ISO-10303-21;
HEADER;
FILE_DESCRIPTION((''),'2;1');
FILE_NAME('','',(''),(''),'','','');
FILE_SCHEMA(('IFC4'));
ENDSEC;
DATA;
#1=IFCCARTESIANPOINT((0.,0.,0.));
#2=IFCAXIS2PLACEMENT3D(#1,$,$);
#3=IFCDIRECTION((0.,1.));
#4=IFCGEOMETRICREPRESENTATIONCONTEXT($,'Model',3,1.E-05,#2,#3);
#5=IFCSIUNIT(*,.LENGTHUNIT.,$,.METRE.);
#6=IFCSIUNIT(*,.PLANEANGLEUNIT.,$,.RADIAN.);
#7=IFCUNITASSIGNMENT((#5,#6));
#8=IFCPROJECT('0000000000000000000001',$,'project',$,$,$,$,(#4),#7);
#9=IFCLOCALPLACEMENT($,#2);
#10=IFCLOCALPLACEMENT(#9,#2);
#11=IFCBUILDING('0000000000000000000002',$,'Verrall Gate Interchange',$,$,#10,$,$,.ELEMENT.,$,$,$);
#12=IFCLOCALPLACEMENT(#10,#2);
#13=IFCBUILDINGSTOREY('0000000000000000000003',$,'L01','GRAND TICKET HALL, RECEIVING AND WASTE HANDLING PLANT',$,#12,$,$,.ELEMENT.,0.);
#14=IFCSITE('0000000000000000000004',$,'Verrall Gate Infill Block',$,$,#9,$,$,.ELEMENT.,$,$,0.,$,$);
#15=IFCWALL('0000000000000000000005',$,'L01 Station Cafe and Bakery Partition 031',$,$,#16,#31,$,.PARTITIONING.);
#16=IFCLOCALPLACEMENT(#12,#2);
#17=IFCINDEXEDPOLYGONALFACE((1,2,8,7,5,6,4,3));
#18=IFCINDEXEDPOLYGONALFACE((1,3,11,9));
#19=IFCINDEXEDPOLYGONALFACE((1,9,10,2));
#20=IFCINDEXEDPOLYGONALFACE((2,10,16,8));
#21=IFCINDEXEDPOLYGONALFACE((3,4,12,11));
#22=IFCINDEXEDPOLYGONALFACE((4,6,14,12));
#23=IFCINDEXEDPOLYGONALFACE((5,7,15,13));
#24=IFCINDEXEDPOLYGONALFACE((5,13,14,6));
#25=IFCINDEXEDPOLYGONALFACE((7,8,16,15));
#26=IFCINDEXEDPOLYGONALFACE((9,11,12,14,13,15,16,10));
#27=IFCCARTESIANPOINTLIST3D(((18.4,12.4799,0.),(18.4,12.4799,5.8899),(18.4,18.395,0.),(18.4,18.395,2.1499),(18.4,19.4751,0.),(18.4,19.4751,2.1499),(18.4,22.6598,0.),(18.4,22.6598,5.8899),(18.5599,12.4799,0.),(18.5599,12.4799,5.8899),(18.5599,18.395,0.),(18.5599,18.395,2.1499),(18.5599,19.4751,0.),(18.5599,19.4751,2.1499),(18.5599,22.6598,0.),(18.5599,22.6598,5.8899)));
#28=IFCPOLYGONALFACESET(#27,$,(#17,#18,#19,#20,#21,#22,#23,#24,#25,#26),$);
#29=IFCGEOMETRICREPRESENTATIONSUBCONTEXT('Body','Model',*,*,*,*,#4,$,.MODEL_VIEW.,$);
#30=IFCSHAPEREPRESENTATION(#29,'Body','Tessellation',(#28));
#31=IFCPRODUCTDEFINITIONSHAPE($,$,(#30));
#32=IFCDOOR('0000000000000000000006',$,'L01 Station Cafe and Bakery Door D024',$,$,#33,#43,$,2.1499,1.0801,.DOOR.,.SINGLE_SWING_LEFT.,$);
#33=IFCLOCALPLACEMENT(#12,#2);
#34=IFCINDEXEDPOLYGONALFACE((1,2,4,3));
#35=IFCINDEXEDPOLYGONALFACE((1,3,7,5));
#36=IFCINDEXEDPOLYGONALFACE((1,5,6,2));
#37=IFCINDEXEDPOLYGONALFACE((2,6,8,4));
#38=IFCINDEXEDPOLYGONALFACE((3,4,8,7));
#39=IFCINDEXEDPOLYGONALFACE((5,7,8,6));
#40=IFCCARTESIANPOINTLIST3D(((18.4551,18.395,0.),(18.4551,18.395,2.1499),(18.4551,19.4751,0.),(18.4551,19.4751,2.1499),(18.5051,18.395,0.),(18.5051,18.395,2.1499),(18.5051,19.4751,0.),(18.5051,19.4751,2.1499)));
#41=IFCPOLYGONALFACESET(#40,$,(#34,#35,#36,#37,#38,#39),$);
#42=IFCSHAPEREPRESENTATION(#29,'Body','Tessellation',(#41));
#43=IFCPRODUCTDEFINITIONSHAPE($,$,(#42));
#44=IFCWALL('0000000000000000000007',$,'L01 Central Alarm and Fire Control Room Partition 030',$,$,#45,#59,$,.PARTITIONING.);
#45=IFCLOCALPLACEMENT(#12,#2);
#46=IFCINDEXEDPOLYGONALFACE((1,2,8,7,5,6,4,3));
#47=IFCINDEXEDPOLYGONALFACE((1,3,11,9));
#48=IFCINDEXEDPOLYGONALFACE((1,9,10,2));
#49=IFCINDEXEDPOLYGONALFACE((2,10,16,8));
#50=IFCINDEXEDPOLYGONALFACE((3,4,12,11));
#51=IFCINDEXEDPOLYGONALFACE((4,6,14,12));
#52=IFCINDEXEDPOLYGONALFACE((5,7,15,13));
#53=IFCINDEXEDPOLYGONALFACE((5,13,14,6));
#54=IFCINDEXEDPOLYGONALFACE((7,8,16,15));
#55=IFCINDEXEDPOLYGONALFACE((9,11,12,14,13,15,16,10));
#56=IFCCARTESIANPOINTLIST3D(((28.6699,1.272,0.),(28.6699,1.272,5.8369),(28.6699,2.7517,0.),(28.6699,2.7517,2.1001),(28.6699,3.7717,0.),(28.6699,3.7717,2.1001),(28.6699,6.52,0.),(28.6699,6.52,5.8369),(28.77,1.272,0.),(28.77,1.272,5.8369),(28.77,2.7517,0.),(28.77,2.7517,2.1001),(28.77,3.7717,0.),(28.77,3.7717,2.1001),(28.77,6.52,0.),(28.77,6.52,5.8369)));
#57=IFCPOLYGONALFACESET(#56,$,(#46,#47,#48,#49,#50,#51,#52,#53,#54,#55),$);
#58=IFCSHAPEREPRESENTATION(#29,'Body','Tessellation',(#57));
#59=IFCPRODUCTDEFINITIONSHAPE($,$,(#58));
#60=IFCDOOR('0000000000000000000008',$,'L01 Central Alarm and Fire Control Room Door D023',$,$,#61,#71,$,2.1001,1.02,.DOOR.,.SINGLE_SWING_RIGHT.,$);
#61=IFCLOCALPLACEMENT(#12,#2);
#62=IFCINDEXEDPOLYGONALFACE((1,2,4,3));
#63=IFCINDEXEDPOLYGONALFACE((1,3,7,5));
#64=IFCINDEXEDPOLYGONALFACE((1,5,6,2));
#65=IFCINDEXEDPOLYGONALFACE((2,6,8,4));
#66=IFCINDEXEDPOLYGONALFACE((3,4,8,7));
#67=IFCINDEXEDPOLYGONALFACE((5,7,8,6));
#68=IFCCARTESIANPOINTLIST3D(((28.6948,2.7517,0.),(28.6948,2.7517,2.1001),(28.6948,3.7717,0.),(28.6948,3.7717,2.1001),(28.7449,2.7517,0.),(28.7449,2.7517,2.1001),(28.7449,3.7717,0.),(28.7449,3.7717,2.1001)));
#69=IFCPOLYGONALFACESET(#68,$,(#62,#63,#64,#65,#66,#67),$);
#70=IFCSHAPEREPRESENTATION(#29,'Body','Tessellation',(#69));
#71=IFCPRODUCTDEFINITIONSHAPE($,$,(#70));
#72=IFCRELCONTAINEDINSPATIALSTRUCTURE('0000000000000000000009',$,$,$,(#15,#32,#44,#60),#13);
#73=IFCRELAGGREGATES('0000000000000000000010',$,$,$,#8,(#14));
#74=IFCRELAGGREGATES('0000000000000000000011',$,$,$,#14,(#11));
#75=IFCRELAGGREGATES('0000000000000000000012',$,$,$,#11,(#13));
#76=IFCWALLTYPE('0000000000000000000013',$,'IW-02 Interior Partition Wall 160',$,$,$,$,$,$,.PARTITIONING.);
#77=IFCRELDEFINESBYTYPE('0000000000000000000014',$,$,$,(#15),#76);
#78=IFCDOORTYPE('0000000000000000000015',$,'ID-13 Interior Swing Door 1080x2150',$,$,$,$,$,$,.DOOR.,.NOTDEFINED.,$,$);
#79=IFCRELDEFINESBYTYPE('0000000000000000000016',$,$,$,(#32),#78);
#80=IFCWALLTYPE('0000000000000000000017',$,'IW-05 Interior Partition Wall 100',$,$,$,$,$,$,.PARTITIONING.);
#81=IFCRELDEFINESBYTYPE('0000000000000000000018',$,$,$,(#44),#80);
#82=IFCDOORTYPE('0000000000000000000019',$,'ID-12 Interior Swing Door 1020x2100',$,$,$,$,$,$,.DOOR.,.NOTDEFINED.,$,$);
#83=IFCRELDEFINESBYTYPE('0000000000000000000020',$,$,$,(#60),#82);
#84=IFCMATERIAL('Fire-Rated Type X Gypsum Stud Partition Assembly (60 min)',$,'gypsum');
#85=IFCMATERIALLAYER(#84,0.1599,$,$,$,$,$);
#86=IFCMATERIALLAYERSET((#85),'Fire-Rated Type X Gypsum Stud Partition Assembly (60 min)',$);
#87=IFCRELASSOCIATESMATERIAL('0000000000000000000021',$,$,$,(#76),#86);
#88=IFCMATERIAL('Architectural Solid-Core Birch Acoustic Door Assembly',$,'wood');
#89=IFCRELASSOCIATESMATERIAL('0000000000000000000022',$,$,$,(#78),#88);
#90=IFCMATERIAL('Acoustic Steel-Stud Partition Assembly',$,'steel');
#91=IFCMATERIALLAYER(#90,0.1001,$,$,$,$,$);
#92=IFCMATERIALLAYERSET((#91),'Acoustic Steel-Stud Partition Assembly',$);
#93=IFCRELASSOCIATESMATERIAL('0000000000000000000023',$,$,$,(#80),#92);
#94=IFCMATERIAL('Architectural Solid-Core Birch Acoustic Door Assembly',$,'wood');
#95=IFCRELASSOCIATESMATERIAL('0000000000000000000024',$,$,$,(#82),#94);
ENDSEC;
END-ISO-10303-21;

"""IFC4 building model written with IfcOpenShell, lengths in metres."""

from ifc_helpers import new_model, si_unit, direction, frame, frame_2d, origin, place, context, subcontext, project, spatial, rectangle, extrude, material, layer, layer_set, type_object, element, fill, save


model = new_model("IFC4")

# Units and contexts
model_context = context("Model", 3, precision=1e-05, world=origin(), true_north=direction((0.0, 1.0)))
body_context = subcontext(model_context, "Body", "Model", "MODEL_VIEW")
ifc_project = project(units=[si_unit("LENGTHUNIT", "METRE"), si_unit("PLANEANGLEUNIT", "RADIAN")], contexts=[model_context])

# Site, building, storey
site_placement = place(None, origin())
site = spatial("IfcSite", under=ifc_project, at=site_placement, Name="Verrall Gate Infill Block", CompositionType="ELEMENT", RefElevation=0.0)
building_placement = place(site_placement, origin())
building = spatial("IfcBuilding", under=site, at=building_placement, Name="Verrall Gate Interchange", CompositionType="ELEMENT")
storey_placement = place(building_placement, origin())
storey = spatial("IfcBuildingStorey", under=building, at=storey_placement, Name="L01", Description="GRAND TICKET HALL, RECEIVING AND WASTE HANDLING PLANT", CompositionType="ELEMENT", Elevation=0.0)

# Walls, openings, doors
ifc_material_1 = material(Name="Fire-Rated Type X Gypsum Stud Partition Assembly (60 min)", Category="gypsum")
ifc_layer_1 = layer(ifc_material_1, 0.1599)
ifc_layer_set_1 = layer_set([ifc_layer_1], Name="Fire-Rated Type X Gypsum Stud Partition Assembly (60 min)")
wall_type_1 = type_object("IfcWallType", Name="IW-02 Interior Partition Wall 160", PredefinedType="PARTITIONING", material=ifc_layer_set_1)
wall_1_placement = place(storey_placement, frame((18.48, 12.48, 0.0), z_axis=(0.0, 0.0, 1.0), x_axis=(0.0, 1.0, 0.0)))
wall_1 = element("IfcWall", 1, at=wall_1_placement, inside=storey, type_object=wall_type_1, Name="L01 Station Cafe and Bakery Partition 031", PredefinedType="PARTITIONING", context=body_context, shape_type="SweptSolid", body=[
    extrude(rectangle(XDim=10.1799, YDim=0.1599, at=frame_2d((5.0898, 0.0))), origin(), (0.0, 0.0, 1.0), 5.8899),
])
opening_1_placement = place(wall_1_placement, frame((5.915, 0.0, 0.0)))
opening_1 = element("IfcOpeningElement", 2, at=opening_1_placement, cuts=wall_1, PredefinedType="OPENING", context=body_context, shape_type="SweptSolid", body=[
    extrude(rectangle(XDim=1.0801, YDim=2.1499, at=frame_2d((0.54, 1.075))), frame((0.0, 0.0947, 0.0), z_axis=(0.0, -1.0, 0.0), x_axis=(1.0, 0.0, 0.0)), (0.0, 0.0, 1.0), 0.1897),
])
ifc_material_2 = material(Name="Architectural Solid-Core Birch Acoustic Door Assembly", Category="wood")
door_type_1 = type_object("IfcDoorType", Name="ID-13 Interior Swing Door 1080x2150", OperationType="NOTDEFINED", PredefinedType="DOOR", material=ifc_material_2)
door_1_placement = place(opening_1_placement, origin())
door_1 = element("IfcDoor", 3, at=door_1_placement, inside=storey, type_object=door_type_1, Name="L01 Station Cafe and Bakery Door D024", OperationType="SINGLE_SWING_LEFT", OverallHeight=2.1499, OverallWidth=1.0801, PredefinedType="DOOR", context=body_context, shape_type="SweptSolid", body=[
    extrude(rectangle(XDim=1.0801, YDim=2.1499, at=frame_2d((0.54, 1.075))), frame((0.0, 0.0249, 0.0), z_axis=(0.0, -1.0, 0.0), x_axis=(1.0, 0.0, 0.0)), (0.0, 0.0, 1.0), 0.05),
])
fill(opening_1, door_1)
ifc_material_3 = material(Name="Acoustic Steel-Stud Partition Assembly", Category="steel")
ifc_layer_2 = layer(ifc_material_3, 0.1001)
ifc_layer_set_2 = layer_set([ifc_layer_2], Name="Acoustic Steel-Stud Partition Assembly")
wall_type_2 = type_object("IfcWallType", Name="IW-05 Interior Partition Wall 100", PredefinedType="PARTITIONING", material=ifc_layer_set_2)
wall_2_placement = place(storey_placement, frame((28.72, 6.52, 0.0), z_axis=(0.0, 0.0, 1.0), x_axis=(0.0, -1.0, 0.0)))
wall_2 = element("IfcWall", 4, at=wall_2_placement, inside=storey, type_object=wall_type_2, Name="L01 Central Alarm and Fire Control Room Partition 030", PredefinedType="PARTITIONING", context=body_context, shape_type="SweptSolid", body=[
    extrude(rectangle(XDim=5.248, YDim=0.1001, at=frame_2d((2.624, 0.0))), origin(), (0.0, 0.0, 1.0), 5.8369),
])
opening_2_placement = place(wall_2_placement, frame((2.7483, 0.0, 0.0)))
opening_2 = element("IfcOpeningElement", 5, at=opening_2_placement, cuts=wall_2, PredefinedType="OPENING", context=body_context, shape_type="SweptSolid", body=[
    extrude(rectangle(XDim=1.02, YDim=2.1001, at=frame_2d((0.51, 1.05))), frame((0.0, 0.0649, 0.0), z_axis=(0.0, -1.0, 0.0), x_axis=(1.0, 0.0, 0.0)), (0.0, 0.0, 1.0), 0.1299),
])
ifc_material_4 = material(Name="Architectural Solid-Core Birch Acoustic Door Assembly", Category="wood")
door_type_2 = type_object("IfcDoorType", Name="ID-12 Interior Swing Door 1020x2100", OperationType="NOTDEFINED", PredefinedType="DOOR", material=ifc_material_4)
door_2_placement = place(opening_2_placement, origin())
door_2 = element("IfcDoor", 6, at=door_2_placement, inside=storey, type_object=door_type_2, Name="L01 Central Alarm and Fire Control Room Door D023", OperationType="SINGLE_SWING_RIGHT", OverallHeight=2.1001, OverallWidth=1.02, PredefinedType="DOOR", context=body_context, shape_type="SweptSolid", body=[
    extrude(rectangle(XDim=1.02, YDim=2.1001, at=frame_2d((0.51, 1.05))), frame((0.0, 0.0249, 0.0), z_axis=(0.0, -1.0, 0.0), x_axis=(1.0, 0.0, 0.0)), (0.0, 0.0, 1.0), 0.05),
])
fill(opening_2, door_2)

save(model, "model.ifc")
